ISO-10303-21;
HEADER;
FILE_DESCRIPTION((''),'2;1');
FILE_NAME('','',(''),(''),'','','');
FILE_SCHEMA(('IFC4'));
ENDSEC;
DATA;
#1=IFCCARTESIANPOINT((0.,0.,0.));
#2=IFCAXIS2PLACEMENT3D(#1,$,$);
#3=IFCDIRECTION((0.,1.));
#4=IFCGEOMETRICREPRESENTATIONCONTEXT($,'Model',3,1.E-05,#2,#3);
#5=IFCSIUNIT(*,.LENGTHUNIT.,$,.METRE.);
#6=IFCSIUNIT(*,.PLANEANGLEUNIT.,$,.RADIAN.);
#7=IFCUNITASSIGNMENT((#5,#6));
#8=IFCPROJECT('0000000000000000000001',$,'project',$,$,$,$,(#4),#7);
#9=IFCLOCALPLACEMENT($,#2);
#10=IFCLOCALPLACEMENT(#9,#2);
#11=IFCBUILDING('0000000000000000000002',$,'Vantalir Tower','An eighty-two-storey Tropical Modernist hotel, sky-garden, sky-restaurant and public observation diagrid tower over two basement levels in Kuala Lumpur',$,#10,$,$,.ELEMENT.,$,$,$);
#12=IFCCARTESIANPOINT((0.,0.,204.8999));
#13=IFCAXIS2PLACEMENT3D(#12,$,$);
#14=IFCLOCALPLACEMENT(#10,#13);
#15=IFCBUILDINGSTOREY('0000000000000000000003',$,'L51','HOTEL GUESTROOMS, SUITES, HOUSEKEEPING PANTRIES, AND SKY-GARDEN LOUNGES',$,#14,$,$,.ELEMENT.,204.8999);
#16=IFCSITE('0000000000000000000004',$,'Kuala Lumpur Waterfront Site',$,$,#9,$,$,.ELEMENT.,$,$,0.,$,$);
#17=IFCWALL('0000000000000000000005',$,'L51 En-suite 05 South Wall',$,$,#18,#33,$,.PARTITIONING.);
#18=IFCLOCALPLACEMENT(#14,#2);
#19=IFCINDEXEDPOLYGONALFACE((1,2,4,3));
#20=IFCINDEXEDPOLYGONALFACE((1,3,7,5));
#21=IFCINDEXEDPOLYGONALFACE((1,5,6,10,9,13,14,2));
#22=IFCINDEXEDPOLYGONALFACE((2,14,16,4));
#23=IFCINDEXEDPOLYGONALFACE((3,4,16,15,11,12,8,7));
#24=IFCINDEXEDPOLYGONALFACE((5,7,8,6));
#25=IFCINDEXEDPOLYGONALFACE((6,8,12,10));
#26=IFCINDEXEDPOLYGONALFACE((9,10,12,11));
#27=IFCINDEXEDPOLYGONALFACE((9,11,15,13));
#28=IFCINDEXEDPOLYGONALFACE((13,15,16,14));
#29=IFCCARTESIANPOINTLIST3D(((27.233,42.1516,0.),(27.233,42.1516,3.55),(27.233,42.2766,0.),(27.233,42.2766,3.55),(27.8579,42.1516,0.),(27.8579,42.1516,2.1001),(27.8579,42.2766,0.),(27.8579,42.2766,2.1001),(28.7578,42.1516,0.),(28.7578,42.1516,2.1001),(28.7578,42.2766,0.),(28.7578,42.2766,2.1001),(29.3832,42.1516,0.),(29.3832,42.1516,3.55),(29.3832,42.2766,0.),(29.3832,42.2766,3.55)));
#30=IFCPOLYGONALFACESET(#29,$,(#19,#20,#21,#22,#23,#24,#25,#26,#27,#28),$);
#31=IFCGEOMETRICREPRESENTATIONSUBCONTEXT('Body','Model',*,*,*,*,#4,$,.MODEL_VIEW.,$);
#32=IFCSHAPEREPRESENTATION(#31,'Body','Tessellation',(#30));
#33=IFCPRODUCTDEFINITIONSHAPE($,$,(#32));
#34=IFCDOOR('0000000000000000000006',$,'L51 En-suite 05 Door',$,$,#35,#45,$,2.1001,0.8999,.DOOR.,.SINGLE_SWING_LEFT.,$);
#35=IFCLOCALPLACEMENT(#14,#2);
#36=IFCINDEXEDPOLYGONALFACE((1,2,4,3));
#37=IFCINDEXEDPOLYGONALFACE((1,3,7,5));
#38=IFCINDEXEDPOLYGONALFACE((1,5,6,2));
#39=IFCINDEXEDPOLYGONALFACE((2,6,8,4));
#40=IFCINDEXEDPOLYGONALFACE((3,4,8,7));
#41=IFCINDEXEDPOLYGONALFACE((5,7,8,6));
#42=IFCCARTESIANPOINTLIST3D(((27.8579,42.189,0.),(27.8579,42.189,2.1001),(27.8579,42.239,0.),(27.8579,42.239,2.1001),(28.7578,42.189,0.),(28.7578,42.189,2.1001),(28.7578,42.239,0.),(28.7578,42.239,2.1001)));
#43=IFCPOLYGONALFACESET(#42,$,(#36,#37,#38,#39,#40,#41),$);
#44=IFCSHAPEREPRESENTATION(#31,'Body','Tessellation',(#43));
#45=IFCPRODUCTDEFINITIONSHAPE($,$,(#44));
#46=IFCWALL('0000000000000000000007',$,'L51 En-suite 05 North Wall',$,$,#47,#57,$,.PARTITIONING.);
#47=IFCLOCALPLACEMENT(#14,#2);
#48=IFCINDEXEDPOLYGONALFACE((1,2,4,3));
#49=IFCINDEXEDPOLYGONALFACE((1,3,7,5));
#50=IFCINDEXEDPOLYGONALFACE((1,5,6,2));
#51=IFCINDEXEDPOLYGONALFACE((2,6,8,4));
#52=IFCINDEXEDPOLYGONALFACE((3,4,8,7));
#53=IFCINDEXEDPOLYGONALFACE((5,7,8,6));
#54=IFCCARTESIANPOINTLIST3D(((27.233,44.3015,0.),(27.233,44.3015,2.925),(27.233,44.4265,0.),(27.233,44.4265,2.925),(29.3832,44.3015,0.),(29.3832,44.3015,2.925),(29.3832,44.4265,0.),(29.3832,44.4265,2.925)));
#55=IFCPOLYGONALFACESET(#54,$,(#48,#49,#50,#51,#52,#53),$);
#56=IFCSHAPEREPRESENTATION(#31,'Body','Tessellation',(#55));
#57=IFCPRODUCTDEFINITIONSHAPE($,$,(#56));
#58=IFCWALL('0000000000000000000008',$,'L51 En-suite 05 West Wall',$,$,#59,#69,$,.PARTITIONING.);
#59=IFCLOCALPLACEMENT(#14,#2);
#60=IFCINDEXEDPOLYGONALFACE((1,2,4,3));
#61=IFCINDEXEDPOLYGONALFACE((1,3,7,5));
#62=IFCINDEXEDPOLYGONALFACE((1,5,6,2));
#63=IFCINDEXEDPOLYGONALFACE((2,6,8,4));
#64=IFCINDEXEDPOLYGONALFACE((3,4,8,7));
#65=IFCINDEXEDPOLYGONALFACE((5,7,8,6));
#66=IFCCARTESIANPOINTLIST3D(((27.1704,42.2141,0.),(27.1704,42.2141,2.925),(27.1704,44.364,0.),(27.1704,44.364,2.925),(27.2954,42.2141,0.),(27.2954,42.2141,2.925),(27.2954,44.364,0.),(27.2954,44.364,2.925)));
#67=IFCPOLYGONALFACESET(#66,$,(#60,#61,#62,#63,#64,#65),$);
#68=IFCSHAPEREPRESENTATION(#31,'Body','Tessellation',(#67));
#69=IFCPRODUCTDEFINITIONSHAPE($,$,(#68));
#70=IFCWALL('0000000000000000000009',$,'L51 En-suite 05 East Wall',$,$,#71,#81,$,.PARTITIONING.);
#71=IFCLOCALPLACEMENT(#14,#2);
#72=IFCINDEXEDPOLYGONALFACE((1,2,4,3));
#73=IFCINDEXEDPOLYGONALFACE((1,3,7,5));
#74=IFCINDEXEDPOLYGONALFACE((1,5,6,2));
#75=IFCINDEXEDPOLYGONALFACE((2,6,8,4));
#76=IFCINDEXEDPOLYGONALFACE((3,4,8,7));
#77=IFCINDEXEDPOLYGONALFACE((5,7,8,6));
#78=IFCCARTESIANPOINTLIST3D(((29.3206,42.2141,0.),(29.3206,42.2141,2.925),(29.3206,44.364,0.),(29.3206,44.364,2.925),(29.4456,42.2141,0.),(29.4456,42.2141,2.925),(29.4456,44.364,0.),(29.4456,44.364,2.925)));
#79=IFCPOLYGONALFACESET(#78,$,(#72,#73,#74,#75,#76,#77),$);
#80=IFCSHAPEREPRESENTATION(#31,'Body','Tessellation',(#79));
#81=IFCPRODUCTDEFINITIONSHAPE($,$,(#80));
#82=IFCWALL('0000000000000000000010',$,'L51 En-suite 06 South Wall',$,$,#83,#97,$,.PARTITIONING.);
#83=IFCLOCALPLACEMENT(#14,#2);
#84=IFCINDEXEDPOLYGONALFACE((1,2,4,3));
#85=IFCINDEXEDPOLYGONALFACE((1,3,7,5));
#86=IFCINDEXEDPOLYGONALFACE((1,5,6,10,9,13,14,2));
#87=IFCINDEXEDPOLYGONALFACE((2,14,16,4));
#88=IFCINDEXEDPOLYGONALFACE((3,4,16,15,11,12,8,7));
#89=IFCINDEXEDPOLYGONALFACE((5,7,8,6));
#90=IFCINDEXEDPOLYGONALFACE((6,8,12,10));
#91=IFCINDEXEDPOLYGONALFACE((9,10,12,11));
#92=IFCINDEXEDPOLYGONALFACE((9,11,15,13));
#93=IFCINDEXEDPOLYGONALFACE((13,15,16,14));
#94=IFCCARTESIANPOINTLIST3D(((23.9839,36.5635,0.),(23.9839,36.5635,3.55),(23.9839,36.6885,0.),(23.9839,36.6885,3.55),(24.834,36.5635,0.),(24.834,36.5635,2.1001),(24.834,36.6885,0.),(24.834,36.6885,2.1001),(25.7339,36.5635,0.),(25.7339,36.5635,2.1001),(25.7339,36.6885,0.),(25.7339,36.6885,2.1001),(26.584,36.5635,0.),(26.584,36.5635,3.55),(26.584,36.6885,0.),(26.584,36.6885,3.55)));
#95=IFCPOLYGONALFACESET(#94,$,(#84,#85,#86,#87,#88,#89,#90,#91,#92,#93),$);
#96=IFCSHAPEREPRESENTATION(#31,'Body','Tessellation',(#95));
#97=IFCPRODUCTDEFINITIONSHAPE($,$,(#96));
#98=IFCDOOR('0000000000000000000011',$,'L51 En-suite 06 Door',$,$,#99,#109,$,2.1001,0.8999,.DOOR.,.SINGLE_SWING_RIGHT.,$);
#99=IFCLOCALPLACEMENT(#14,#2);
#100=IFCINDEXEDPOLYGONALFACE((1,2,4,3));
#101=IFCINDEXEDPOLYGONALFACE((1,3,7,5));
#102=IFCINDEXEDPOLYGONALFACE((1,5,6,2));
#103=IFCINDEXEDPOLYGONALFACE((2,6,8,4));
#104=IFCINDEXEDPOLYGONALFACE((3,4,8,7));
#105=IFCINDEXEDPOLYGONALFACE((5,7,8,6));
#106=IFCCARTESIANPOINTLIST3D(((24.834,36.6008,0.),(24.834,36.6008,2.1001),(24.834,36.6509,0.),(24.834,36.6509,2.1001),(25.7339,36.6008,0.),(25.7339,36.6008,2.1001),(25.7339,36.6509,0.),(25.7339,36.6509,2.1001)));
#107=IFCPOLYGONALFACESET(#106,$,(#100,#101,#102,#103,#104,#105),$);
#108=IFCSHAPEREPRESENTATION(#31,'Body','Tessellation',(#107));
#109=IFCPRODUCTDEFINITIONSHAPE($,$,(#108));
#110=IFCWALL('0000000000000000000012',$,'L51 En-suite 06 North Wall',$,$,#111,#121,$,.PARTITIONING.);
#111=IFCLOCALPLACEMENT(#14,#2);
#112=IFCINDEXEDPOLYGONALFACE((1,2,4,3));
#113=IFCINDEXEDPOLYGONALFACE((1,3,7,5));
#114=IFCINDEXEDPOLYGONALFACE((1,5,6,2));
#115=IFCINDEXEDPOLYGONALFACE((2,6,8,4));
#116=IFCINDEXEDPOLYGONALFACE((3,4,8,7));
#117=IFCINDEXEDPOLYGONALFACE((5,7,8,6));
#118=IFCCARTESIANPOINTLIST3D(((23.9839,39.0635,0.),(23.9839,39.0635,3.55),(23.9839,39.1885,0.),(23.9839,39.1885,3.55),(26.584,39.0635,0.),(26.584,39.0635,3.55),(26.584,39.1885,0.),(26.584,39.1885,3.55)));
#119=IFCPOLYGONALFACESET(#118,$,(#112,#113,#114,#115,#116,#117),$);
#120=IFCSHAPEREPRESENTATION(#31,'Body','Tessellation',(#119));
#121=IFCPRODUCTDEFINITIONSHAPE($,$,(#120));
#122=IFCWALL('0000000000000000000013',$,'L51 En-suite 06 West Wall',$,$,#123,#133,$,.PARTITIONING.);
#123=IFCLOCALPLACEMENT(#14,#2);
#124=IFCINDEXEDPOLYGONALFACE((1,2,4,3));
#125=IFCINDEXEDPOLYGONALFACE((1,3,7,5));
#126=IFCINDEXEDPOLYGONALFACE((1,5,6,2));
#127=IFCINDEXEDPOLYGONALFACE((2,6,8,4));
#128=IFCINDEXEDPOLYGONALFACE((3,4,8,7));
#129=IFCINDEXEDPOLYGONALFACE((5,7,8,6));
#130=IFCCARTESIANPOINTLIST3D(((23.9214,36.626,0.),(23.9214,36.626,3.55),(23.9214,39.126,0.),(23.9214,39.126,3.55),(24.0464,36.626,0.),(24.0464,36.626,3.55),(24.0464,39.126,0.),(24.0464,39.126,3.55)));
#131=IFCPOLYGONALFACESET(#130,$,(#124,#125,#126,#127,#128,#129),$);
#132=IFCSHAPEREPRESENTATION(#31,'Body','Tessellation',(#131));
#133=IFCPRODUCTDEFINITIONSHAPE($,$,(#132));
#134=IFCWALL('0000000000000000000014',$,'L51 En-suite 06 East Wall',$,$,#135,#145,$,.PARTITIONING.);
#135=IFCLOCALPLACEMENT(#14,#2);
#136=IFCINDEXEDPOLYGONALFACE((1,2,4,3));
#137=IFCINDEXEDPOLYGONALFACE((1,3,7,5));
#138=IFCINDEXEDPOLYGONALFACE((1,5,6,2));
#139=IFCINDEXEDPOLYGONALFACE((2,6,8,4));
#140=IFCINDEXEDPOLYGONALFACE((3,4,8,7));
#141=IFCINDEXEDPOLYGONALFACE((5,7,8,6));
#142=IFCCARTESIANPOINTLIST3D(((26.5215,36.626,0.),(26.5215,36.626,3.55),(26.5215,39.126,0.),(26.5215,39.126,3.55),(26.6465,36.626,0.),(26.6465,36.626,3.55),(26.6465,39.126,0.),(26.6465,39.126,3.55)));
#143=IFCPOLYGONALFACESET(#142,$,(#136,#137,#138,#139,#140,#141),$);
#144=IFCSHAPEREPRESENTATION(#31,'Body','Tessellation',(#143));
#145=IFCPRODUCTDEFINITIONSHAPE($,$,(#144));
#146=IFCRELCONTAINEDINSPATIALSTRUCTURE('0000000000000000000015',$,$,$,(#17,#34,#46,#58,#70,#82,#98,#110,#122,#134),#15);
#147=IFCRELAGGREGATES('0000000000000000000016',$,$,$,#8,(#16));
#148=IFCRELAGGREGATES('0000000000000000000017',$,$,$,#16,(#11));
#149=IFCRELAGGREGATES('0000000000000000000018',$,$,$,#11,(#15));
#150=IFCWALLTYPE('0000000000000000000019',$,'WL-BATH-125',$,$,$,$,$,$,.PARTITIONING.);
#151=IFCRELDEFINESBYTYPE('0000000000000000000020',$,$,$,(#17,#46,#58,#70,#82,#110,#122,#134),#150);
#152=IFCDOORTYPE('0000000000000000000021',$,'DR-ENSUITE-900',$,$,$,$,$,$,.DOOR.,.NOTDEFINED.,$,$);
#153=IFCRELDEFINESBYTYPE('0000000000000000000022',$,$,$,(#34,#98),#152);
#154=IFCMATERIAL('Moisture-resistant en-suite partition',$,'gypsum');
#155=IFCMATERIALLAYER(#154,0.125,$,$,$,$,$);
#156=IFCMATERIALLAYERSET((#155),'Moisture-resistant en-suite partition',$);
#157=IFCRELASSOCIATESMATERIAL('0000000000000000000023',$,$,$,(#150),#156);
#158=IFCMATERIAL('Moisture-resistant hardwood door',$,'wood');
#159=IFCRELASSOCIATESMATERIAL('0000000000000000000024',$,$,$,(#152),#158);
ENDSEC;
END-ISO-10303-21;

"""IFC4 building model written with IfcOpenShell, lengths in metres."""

from ifc_helpers import new_model, si_unit, direction, frame, frame_2d, origin, place, context, subcontext, project, spatial, rectangle, extrude, material, layer, layer_set, type_object, element, fill, save


model = new_model("IFC4")

# Units and contexts
model_context = context("Model", 3, precision=1e-05, world=origin(), true_north=direction((0.0, 1.0)))
body_context = subcontext(model_context, "Body", "Model", "MODEL_VIEW")
ifc_project = project(units=[si_unit("LENGTHUNIT", "METRE"), si_unit("PLANEANGLEUNIT", "RADIAN")], contexts=[model_context])

# Site, building, storey
site_placement = place(None, origin())
site = spatial("IfcSite", under=ifc_project, at=site_placement, Name="Kuala Lumpur Waterfront Site", CompositionType="ELEMENT", RefElevation=0.0)
building_placement = place(site_placement, origin())
building = spatial("IfcBuilding", under=site, at=building_placement, Name="Vantalir Tower", Description="An eighty-two-storey Tropical Modernist hotel, sky-garden, sky-restaurant and public observation diagrid tower over two basement levels in Kuala Lumpur", CompositionType="ELEMENT")
storey_placement = place(building_placement, frame((0.0, 0.0, 204.8999)))
storey = spatial("IfcBuildingStorey", under=building, at=storey_placement, Name="L51", Description="HOTEL GUESTROOMS, SUITES, HOUSEKEEPING PANTRIES, AND SKY-GARDEN LOUNGES", CompositionType="ELEMENT", Elevation=204.8999)

# Wall, opening, door
ifc_material_1 = material(Name="Moisture-resistant en-suite partition", Category="gypsum")
ifc_layer_1 = layer(ifc_material_1, 0.125)
ifc_layer_set_1 = layer_set([ifc_layer_1], Name="Moisture-resistant en-suite partition")
wall_type_1 = type_object("IfcWallType", Name="WL-BATH-125", PredefinedType="PARTITIONING", material=ifc_layer_set_1)
wall_1_placement = place(storey_placement, frame((27.2329, 42.2141, 0.0), z_axis=(0.0, 0.0, 1.0), x_axis=(1.0, 0.0, 0.0)))
wall_1 = element("IfcWall", 1, at=wall_1_placement, inside=storey, type_object=wall_type_1, Name="L51 En-suite 05 South Wall", PredefinedType="PARTITIONING", context=body_context, shape_type="SweptSolid", body=[
    extrude(rectangle(XDim=2.1501, YDim=0.125, at=frame_2d((1.0752, 0.0))), origin(), (0.0, 0.0, 1.0), 3.55),
])
opening_1_placement = place(wall_1_placement, frame((0.625, 0.0, 0.0)))
opening_1 = element("IfcOpeningElement", 2, at=opening_1_placement, cuts=wall_1, PredefinedType="OPENING", context=body_context, shape_type="SweptSolid", body=[
    extrude(rectangle(XDim=0.8999, YDim=2.1001, at=frame_2d((0.45, 1.05))), frame((0.0, 0.0725, 0.0), z_axis=(0.0, -1.0, 0.0), x_axis=(1.0, 0.0, 0.0)), (0.0, 0.0, 1.0), 0.145),
])
ifc_material_2 = material(Name="Moisture-resistant hardwood door", Category="wood")
door_type_1 = type_object("IfcDoorType", Name="DR-ENSUITE-900", OperationType="NOTDEFINED", PredefinedType="DOOR", material=ifc_material_2)
door_1_placement = place(opening_1_placement, origin())
door_1 = element("IfcDoor", 3, at=door_1_placement, inside=storey, type_object=door_type_1, Name="L51 En-suite 05 Door", OperationType="SINGLE_SWING_LEFT", OverallHeight=2.1001, OverallWidth=0.8999, PredefinedType="DOOR", context=body_context, shape_type="SweptSolid", body=[
    extrude(rectangle(XDim=0.8999, YDim=2.1001, at=frame_2d((0.45, 1.05))), frame((0.0, 0.0249, 0.0), z_axis=(0.0, -1.0, 0.0), x_axis=(1.0, 0.0, 0.0)), (0.0, 0.0, 1.0), 0.05),
])
fill(opening_1, door_1)

# Walls
wall_2_placement = place(storey_placement, frame((27.2329, 44.364, 0.0), z_axis=(0.0, 0.0, 1.0), x_axis=(1.0, 0.0, 0.0)))
element("IfcWall", 4, at=wall_2_placement, inside=storey, type_object=wall_type_1, Name="L51 En-suite 05 North Wall", PredefinedType="PARTITIONING", context=body_context, shape_type="SweptSolid", body=[
    extrude(rectangle(XDim=2.1501, YDim=0.125, at=frame_2d((1.0752, 0.0))), origin(), (0.0, 0.0, 1.0), 2.925),
])
for number, where, z_axis, x_axis, name in (
    (5, (27.2329, 42.2141, 0.0), (0.0, 0.0, 1.0), (0.0, 1.0, 0.0), "L51 En-suite 05 West Wall"),
    (6, (29.3831, 42.2141, 0.0), (0.0, 0.0, 1.0), (0.0, 1.0, 0.0), "L51 En-suite 05 East Wall"),
):
    element("IfcWall", number, at=place(storey_placement, frame(where, z_axis=z_axis, x_axis=x_axis)), inside=storey, type_object=wall_type_1, Name=name, PredefinedType="PARTITIONING", context=body_context, shape_type="SweptSolid", body=[
        extrude(rectangle(XDim=2.1499, YDim=0.125, at=frame_2d((1.075, 0.0))), origin(), (0.0, 0.0, 1.0), 2.925),
    ])

# Wall, opening, door
wall_3_placement = place(storey_placement, frame((23.9839, 36.626, 0.0), z_axis=(0.0, 0.0, 1.0), x_axis=(1.0, 0.0, 0.0)))
wall_3 = element("IfcWall", 7, at=wall_3_placement, inside=storey, type_object=wall_type_1, Name="L51 En-suite 06 South Wall", PredefinedType="PARTITIONING", context=body_context, shape_type="SweptSolid", body=[
    extrude(rectangle(XDim=2.6001, YDim=0.125, at=frame_2d((1.3, 0.0))), origin(), (0.0, 0.0, 1.0), 3.55),
])
opening_2_placement = place(wall_3_placement, frame((0.8501, 0.0, 0.0)))
opening_2 = element("IfcOpeningElement", 8, at=opening_2_placement, cuts=wall_3, PredefinedType="OPENING", context=body_context, shape_type="SweptSolid", body=[
    extrude(rectangle(XDim=0.8999, YDim=2.1001, at=frame_2d((0.45, 1.05))), frame((0.0, 0.0725, 0.0), z_axis=(0.0, -1.0, 0.0), x_axis=(1.0, 0.0, 0.0)), (0.0, 0.0, 1.0), 0.145),
])
door_2_placement = place(opening_2_placement, origin())
door_2 = element("IfcDoor", 9, at=door_2_placement, inside=storey, type_object=door_type_1, Name="L51 En-suite 06 Door", OperationType="SINGLE_SWING_RIGHT", OverallHeight=2.1001, OverallWidth=0.8999, PredefinedType="DOOR", context=body_context, shape_type="SweptSolid", body=[
    extrude(rectangle(XDim=0.8999, YDim=2.1001, at=frame_2d((0.45, 1.05))), frame((0.0, 0.0249, 0.0), z_axis=(0.0, -1.0, 0.0), x_axis=(1.0, 0.0, 0.0)), (0.0, 0.0, 1.0), 0.05),
])
fill(opening_2, door_2)

# Walls
wall_4_placement = place(storey_placement, frame((23.9839, 39.126, 0.0), z_axis=(0.0, 0.0, 1.0), x_axis=(1.0, 0.0, 0.0)))
element("IfcWall", 10, at=wall_4_placement, inside=storey, type_object=wall_type_1, Name="L51 En-suite 06 North Wall", PredefinedType="PARTITIONING", context=body_context, shape_type="SweptSolid", body=[
    extrude(rectangle(XDim=2.6001, YDim=0.125, at=frame_2d((1.3, 0.0))), origin(), (0.0, 0.0, 1.0), 3.55),
])
for number, where, z_axis, x_axis, name in (
    (11, (23.9839, 36.626, 0.0), (0.0, 0.0, 1.0), (0.0, 1.0, 0.0), "L51 En-suite 06 West Wall"),
    (12, (26.584, 36.626, 0.0), (0.0, 0.0, 1.0), (0.0, 1.0, 0.0), "L51 En-suite 06 East Wall"),
):
    element("IfcWall", number, at=place(storey_placement, frame(where, z_axis=z_axis, x_axis=x_axis)), inside=storey, type_object=wall_type_1, Name=name, PredefinedType="PARTITIONING", context=body_context, shape_type="SweptSolid", body=[
        extrude(rectangle(XDim=2.5, YDim=0.125, at=frame_2d((1.25, 0.0))), origin(), (0.0, 0.0, 1.0), 3.55),
    ])

save(model, "model.ifc")
